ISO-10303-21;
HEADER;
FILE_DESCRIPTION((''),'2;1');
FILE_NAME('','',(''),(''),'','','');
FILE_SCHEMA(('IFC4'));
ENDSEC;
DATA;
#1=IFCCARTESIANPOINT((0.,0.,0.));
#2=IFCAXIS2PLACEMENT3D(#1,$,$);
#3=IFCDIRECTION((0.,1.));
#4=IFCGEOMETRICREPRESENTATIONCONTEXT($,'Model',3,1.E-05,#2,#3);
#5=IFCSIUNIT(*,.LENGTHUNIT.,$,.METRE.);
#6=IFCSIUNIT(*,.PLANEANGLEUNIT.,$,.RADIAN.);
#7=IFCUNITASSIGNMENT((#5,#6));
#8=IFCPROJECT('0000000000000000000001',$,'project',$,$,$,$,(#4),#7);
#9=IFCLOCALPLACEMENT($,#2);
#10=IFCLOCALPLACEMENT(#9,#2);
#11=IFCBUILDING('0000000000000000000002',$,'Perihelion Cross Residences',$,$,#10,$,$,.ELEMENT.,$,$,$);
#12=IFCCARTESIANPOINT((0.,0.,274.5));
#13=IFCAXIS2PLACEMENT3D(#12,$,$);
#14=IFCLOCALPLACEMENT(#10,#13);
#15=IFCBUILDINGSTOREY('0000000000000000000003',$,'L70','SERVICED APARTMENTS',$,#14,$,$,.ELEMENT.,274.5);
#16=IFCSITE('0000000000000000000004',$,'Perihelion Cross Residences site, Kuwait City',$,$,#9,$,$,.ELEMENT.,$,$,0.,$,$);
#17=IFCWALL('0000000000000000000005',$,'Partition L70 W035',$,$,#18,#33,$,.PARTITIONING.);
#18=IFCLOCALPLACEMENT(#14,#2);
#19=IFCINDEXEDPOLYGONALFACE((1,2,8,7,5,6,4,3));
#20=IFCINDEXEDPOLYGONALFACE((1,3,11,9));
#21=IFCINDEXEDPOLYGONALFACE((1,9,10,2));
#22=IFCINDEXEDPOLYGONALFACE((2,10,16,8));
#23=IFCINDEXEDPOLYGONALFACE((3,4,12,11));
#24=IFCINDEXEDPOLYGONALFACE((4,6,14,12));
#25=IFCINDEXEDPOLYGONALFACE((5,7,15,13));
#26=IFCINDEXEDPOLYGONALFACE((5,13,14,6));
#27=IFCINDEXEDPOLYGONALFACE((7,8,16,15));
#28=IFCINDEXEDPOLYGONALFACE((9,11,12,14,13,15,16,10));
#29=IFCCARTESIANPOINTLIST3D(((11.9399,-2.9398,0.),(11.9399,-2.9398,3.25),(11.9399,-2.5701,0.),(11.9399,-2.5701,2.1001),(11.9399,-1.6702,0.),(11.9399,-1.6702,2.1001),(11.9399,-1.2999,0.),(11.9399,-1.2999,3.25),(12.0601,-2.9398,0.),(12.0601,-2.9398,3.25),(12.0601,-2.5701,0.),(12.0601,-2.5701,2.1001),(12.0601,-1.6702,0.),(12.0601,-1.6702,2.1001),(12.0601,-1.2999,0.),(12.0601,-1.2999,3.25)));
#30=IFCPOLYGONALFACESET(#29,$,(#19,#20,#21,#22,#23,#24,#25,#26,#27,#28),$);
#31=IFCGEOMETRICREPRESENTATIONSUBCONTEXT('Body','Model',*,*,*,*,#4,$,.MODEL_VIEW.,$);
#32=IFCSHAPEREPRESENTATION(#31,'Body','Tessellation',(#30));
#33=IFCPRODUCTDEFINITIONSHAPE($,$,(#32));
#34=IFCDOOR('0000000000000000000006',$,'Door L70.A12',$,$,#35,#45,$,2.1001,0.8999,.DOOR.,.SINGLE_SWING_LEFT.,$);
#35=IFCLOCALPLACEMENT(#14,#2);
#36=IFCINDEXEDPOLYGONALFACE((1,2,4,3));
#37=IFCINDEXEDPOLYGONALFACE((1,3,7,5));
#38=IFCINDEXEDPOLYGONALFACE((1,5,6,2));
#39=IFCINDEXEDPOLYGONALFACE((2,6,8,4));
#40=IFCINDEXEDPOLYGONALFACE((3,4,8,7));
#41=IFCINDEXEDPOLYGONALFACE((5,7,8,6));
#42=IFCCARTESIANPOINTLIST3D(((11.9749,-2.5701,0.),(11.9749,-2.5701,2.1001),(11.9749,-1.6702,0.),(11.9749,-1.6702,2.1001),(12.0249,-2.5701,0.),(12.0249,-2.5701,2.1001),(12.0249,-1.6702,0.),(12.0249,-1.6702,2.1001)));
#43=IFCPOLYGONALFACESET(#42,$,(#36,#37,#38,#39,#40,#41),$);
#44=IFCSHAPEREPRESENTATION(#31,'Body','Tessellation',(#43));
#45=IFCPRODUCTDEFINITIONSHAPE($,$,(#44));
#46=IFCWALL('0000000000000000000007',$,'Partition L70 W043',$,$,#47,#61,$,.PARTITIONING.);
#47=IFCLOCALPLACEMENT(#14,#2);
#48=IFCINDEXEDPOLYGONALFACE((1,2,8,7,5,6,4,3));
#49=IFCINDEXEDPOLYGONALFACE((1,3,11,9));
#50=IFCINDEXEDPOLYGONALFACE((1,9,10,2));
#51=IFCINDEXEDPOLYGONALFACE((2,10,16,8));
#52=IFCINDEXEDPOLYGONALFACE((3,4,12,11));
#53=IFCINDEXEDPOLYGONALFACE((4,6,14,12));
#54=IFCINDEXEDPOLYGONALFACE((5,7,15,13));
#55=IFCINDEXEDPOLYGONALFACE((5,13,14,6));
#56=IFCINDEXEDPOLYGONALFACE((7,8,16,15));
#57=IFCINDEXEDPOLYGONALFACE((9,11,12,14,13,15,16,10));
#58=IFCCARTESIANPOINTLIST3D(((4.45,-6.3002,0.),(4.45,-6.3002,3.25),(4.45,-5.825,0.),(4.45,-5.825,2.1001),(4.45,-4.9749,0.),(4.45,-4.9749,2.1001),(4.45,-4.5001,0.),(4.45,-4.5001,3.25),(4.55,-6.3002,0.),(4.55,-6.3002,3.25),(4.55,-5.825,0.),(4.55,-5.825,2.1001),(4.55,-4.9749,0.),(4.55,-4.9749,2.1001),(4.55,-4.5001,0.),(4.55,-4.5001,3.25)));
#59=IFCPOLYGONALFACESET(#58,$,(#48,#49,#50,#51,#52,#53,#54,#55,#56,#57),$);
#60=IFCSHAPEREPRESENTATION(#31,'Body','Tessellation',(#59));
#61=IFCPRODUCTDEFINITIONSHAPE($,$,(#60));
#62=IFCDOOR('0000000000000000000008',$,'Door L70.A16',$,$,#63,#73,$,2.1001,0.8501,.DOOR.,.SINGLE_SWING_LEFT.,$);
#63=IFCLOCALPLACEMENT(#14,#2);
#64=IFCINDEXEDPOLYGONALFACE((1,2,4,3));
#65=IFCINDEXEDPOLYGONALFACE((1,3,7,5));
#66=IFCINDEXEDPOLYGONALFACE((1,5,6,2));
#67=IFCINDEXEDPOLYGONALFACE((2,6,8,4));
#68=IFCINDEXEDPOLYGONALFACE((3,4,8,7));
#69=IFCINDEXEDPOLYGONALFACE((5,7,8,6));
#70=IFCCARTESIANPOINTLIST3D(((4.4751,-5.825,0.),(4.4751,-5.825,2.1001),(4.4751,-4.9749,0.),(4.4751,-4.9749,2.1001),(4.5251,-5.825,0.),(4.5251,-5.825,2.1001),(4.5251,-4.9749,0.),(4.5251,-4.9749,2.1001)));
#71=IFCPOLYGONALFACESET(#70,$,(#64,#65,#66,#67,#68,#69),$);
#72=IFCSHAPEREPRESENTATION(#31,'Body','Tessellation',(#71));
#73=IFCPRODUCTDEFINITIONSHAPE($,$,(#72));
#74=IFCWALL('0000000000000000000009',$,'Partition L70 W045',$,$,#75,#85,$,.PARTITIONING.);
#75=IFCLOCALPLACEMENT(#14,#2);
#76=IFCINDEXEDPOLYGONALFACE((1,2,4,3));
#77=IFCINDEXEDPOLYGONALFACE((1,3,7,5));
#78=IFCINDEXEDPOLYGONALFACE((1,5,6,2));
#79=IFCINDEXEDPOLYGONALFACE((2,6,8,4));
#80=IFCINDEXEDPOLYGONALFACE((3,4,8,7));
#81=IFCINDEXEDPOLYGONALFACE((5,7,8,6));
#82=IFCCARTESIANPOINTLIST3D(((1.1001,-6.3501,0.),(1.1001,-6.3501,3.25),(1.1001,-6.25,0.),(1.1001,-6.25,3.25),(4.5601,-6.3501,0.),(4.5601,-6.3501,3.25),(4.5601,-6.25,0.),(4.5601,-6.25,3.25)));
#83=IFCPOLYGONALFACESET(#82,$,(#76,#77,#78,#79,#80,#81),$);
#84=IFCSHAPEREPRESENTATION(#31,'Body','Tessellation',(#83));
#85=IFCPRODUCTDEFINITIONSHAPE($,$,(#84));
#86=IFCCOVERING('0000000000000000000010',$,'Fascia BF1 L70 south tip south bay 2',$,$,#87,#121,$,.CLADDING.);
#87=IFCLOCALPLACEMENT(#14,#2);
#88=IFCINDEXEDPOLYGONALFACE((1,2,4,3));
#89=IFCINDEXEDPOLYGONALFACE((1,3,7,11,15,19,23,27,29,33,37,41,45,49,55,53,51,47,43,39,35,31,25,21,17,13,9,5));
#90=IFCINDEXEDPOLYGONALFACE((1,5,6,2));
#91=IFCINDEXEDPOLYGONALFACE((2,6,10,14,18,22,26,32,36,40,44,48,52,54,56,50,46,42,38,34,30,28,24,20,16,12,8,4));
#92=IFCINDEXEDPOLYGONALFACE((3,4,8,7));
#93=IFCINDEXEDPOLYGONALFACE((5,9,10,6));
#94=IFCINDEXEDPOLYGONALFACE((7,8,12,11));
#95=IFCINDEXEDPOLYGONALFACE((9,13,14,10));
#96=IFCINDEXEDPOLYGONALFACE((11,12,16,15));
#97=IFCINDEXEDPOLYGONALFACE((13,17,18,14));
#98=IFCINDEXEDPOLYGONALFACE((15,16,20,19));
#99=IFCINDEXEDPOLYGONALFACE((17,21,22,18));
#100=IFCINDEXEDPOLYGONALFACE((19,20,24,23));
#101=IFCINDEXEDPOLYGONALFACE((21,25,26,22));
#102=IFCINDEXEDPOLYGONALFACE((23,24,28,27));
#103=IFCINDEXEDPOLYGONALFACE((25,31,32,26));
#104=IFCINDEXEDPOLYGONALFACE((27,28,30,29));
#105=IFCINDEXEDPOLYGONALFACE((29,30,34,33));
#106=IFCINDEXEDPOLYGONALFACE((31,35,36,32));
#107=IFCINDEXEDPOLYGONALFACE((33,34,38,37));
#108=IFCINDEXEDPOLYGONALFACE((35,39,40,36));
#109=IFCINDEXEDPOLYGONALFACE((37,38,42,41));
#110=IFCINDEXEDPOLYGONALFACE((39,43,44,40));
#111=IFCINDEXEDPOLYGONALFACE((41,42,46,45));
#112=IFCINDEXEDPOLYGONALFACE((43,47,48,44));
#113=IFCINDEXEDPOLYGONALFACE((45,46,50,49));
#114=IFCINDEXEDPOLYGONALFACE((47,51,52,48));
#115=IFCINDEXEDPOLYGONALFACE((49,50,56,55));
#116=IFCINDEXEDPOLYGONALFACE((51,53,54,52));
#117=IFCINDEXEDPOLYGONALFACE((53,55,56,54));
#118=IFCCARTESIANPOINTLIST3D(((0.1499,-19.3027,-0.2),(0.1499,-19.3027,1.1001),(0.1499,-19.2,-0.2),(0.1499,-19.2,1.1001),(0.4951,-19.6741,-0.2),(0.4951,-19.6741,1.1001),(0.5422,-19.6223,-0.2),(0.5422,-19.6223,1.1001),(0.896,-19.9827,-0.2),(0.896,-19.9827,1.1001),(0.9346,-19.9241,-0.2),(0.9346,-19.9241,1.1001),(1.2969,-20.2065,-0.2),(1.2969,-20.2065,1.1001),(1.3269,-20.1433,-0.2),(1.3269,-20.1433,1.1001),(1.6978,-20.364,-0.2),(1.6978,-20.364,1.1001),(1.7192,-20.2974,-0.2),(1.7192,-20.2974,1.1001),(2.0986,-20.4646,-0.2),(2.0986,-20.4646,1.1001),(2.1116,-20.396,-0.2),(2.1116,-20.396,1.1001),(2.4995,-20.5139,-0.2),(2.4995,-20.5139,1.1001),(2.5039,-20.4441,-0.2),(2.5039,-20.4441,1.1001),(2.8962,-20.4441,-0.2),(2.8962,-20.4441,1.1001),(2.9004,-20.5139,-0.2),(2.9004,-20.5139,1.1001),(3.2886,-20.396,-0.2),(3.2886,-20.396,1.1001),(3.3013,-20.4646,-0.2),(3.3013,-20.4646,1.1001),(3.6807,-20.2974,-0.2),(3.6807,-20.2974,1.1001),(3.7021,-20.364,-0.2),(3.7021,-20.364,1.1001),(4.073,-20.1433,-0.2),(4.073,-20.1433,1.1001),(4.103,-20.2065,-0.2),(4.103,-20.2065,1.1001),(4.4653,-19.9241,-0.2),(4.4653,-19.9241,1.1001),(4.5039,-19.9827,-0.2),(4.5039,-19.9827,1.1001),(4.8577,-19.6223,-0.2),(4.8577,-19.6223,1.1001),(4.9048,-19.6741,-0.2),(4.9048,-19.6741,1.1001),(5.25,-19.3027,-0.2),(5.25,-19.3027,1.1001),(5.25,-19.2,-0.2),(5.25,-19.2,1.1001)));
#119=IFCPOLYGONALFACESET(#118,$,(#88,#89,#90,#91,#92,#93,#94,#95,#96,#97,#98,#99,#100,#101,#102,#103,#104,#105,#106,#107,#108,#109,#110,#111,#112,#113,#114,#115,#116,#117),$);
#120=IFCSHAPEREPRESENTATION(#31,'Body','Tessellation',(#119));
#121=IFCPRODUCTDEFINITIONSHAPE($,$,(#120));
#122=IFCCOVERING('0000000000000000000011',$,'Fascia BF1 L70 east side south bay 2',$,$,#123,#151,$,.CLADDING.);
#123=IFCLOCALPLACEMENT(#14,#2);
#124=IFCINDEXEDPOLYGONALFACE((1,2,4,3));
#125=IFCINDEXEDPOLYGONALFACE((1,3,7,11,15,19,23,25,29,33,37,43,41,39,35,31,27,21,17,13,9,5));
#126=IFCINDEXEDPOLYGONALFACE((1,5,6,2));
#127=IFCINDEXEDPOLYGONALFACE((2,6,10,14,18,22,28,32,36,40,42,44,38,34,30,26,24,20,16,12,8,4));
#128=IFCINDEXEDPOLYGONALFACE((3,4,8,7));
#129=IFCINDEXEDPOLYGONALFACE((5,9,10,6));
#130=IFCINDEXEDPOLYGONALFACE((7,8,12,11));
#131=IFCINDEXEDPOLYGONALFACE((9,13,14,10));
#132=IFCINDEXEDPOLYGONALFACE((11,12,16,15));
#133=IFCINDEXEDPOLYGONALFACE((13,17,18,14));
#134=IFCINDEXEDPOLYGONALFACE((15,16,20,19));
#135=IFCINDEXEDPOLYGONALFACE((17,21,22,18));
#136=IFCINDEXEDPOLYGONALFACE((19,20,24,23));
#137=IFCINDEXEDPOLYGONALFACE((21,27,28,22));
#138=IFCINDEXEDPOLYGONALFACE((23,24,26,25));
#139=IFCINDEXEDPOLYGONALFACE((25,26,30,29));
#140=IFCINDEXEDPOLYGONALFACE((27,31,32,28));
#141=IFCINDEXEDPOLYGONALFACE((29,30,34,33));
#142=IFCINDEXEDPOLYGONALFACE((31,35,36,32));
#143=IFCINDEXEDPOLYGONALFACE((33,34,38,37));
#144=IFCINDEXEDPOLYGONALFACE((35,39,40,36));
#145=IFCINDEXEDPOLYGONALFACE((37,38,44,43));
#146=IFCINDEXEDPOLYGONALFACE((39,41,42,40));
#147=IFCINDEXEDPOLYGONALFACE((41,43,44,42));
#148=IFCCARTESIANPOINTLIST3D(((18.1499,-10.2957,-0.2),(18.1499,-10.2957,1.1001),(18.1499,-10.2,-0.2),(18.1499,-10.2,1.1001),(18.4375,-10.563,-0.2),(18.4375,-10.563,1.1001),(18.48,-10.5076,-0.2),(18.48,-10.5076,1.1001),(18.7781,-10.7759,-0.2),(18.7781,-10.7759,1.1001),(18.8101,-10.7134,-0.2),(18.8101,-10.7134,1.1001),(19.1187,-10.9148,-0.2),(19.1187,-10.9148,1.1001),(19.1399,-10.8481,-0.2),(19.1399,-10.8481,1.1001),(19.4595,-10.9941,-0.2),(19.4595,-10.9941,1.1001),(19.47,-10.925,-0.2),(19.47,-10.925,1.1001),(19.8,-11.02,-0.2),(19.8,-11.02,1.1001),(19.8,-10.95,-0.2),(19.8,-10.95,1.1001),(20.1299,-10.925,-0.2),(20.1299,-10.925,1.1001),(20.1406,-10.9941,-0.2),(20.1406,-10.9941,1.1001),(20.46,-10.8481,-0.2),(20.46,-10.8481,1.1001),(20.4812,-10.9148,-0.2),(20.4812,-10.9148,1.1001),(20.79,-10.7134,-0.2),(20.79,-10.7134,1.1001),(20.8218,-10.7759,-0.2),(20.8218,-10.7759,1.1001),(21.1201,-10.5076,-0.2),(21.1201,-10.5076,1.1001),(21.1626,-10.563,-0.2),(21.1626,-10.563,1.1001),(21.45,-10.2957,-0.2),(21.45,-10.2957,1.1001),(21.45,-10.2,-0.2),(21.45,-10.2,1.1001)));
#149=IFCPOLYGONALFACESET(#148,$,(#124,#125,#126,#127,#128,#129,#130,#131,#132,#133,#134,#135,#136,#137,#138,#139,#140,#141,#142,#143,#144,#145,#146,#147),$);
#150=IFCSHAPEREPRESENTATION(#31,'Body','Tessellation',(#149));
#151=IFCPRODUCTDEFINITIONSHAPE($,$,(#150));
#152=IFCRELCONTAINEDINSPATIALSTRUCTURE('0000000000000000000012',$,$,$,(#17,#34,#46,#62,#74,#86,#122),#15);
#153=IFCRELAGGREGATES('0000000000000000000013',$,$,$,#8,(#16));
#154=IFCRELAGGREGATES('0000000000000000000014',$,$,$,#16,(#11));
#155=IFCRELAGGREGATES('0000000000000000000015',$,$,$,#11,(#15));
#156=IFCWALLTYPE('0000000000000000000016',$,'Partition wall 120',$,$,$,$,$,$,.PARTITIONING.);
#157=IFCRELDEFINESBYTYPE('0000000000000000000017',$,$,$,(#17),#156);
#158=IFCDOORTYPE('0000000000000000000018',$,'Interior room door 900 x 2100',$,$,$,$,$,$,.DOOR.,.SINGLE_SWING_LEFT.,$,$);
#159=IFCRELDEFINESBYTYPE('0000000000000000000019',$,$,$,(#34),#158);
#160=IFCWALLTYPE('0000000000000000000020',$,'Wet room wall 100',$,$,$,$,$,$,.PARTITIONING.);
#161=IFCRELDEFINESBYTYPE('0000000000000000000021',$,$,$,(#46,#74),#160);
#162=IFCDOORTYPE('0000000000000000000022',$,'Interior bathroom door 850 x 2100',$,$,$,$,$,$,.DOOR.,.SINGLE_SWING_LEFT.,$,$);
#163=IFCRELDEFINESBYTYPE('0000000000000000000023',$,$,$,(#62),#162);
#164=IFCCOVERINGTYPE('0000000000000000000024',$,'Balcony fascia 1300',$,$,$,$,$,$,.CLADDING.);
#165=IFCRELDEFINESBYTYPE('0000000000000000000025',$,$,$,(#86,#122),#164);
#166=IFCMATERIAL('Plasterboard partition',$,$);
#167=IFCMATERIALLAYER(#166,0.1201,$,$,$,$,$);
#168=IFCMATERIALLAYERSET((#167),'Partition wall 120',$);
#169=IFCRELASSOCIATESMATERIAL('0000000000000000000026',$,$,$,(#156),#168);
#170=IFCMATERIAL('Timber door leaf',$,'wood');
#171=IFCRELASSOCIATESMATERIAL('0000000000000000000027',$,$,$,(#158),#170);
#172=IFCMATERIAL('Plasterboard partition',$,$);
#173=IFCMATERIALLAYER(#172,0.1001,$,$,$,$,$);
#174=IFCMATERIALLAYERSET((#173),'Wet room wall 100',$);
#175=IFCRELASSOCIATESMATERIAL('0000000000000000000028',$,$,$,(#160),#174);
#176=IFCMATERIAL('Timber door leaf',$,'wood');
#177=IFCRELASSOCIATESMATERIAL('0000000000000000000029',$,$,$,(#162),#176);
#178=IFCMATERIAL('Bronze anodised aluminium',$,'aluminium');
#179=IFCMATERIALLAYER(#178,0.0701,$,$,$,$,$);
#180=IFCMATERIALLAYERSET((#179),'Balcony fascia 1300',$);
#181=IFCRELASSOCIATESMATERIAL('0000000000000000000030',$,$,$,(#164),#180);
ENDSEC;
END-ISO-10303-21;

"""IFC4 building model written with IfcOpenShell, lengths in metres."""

from ifc_helpers import new_model, si_unit, direction, frame, frame_2d, origin, place, context, subcontext, project, spatial, polyline, rectangle, outline, extrude, material, layer, layer_set, type_object, element, fill, save


model = new_model("IFC4")

# Units and contexts
model_context = context("Model", 3, precision=1e-05, world=origin(), true_north=direction((0.0, 1.0)))
body_context = subcontext(model_context, "Body", "Model", "MODEL_VIEW")
ifc_project = project(units=[si_unit("LENGTHUNIT", "METRE"), si_unit("PLANEANGLEUNIT", "RADIAN")], contexts=[model_context])

# Site, building, storey
site_placement = place(None, origin())
site = spatial("IfcSite", under=ifc_project, at=site_placement, Name="Perihelion Cross Residences site, Kuwait City", CompositionType="ELEMENT", RefElevation=0.0)
building_placement = place(site_placement, origin())
building = spatial("IfcBuilding", under=site, at=building_placement, Name="Perihelion Cross Residences", CompositionType="ELEMENT")
storey_placement = place(building_placement, frame((0.0, 0.0, 274.5)))
storey = spatial("IfcBuildingStorey", under=building, at=storey_placement, Name="L70", Description="SERVICED APARTMENTS", CompositionType="ELEMENT", Elevation=274.5)

# Shared definitions
ifc_material_1 = material(Name="Plasterboard partition")
ifc_layer_1 = layer(ifc_material_1, 0.1201)
ifc_layer_set_1 = layer_set([ifc_layer_1], Name="Partition wall 120")
wall_type_1 = type_object("IfcWallType", Name="Partition wall 120", PredefinedType="PARTITIONING", material=ifc_layer_set_1)

# Walls, openings, doors
wall_1_placement = place(storey_placement, frame((12.0, -1.3, 0.0), z_axis=(0.0, 0.0, 1.0), x_axis=(0.0, -1.0, 0.0)))
wall_1 = element("IfcWall", 1, at=wall_1_placement, inside=storey, type_object=wall_type_1, Name="Partition L70 W035", PredefinedType="PARTITIONING", context=body_context, shape_type="SweptSolid", body=[
    extrude(rectangle(XDim=1.6399, YDim=0.1201, at=frame_2d((0.8198, 0.0))), origin(), (0.0, 0.0, 1.0), 3.25),
])
opening_1_placement = place(wall_1_placement, frame((0.3701, 0.0, 0.0)))
opening_1 = element("IfcOpeningElement", 2, at=opening_1_placement, cuts=wall_1, PredefinedType="OPENING", context=body_context, shape_type="SweptSolid", body=[
    extrude(rectangle(XDim=0.8999, YDim=2.1001, at=frame_2d((0.45, 1.05))), frame((0.0, 0.0701, 0.0), z_axis=(0.0, -1.0, 0.0), x_axis=(1.0, 0.0, 0.0)), (0.0, 0.0, 1.0), 0.1401),
])
ifc_material_2 = material(Name="Timber door leaf", Category="wood")
door_type_1 = type_object("IfcDoorType", Name="Interior room door 900 x 2100", OperationType="SINGLE_SWING_LEFT", PredefinedType="DOOR", material=ifc_material_2)
door_1_placement = place(opening_1_placement, origin())
door_1 = element("IfcDoor", 3, at=door_1_placement, inside=storey, type_object=door_type_1, Name="Door L70.A12", OperationType="SINGLE_SWING_LEFT", OverallHeight=2.1001, OverallWidth=0.8999, PredefinedType="DOOR", context=body_context, shape_type="SweptSolid", body=[
    extrude(rectangle(XDim=0.8999, YDim=2.1001, at=frame_2d((0.45, 1.05))), frame((0.0, 0.0249, 0.0), z_axis=(0.0, -1.0, 0.0), x_axis=(1.0, 0.0, 0.0)), (0.0, 0.0, 1.0), 0.05),
])
fill(opening_1, door_1)
ifc_material_3 = material(Name="Plasterboard partition")
ifc_layer_2 = layer(ifc_material_3, 0.1001)
ifc_layer_set_2 = layer_set([ifc_layer_2], Name="Wet room wall 100")
wall_type_2 = type_object("IfcWallType", Name="Wet room wall 100", PredefinedType="PARTITIONING", material=ifc_layer_set_2)
wall_2_placement = place(storey_placement, frame((4.5, -6.3, 0.0), z_axis=(0.0, 0.0, 1.0), x_axis=(0.0, 1.0, 0.0)))
wall_2 = element("IfcWall", 4, at=wall_2_placement, inside=storey, type_object=wall_type_2, Name="Partition L70 W043", PredefinedType="PARTITIONING", context=body_context, shape_type="SweptSolid", body=[
    extrude(rectangle(XDim=1.8, YDim=0.1001, at=frame_2d((0.8999, 0.0))), origin(), (0.0, 0.0, 1.0), 3.25),
])
opening_2_placement = place(wall_2_placement, frame((0.4751, 0.0, 0.0)))
opening_2 = element("IfcOpeningElement", 5, at=opening_2_placement, cuts=wall_2, PredefinedType="OPENING", context=body_context, shape_type="SweptSolid", body=[
    extrude(rectangle(XDim=0.8501, YDim=2.1001, at=frame_2d((0.425, 1.05))), frame((0.0, 0.0601, 0.0), z_axis=(0.0, -1.0, 0.0), x_axis=(1.0, 0.0, 0.0)), (0.0, 0.0, 1.0), 0.1201),
])
ifc_material_4 = material(Name="Timber door leaf", Category="wood")
door_type_2 = type_object("IfcDoorType", Name="Interior bathroom door 850 x 2100", OperationType="SINGLE_SWING_LEFT", PredefinedType="DOOR", material=ifc_material_4)
door_2_placement = place(opening_2_placement, origin())
door_2 = element("IfcDoor", 6, at=door_2_placement, inside=storey, type_object=door_type_2, Name="Door L70.A16", OperationType="SINGLE_SWING_LEFT", OverallHeight=2.1001, OverallWidth=0.8501, PredefinedType="DOOR", context=body_context, shape_type="SweptSolid", body=[
    extrude(rectangle(XDim=0.8501, YDim=2.1001, at=frame_2d((0.425, 1.05))), frame((0.0, 0.0249, 0.0), z_axis=(0.0, -1.0, 0.0), x_axis=(1.0, 0.0, 0.0)), (0.0, 0.0, 1.0), 0.05),
])
fill(opening_2, door_2)

# Wall
wall_3_placement = place(storey_placement, frame((4.5601, -6.3, 0.0), z_axis=(0.0, 0.0, 1.0), x_axis=(-1.0, 0.0, 0.0)))
element("IfcWall", 7, at=wall_3_placement, inside=storey, type_object=wall_type_2, Name="Partition L70 W045", PredefinedType="PARTITIONING", context=body_context, shape_type="SweptSolid", body=[
    extrude(rectangle(XDim=3.46, YDim=0.1001, at=frame_2d((1.73, 0.0))), origin(), (0.0, 0.0, 1.0), 3.25),
])

# Coverings
ifc_material_5 = material(Name="Bronze anodised aluminium", Category="aluminium")
ifc_layer_3 = layer(ifc_material_5, 0.0701)
ifc_layer_set_3 = layer_set([ifc_layer_3], Name="Balcony fascia 1300")
covering_type = type_object("IfcCoveringType", Name="Balcony fascia 1300", PredefinedType="CLADDING", material=ifc_layer_set_3)
covering_1_placement = place(storey_placement, frame((0.0, 0.0, -0.2)))
element("IfcCovering", 8, at=covering_1_placement, inside=storey, type_object=covering_type, Name="Fascia BF1 L70 south tip south bay 2", PredefinedType="CLADDING", context=body_context, shape_type="SweptSolid", body=[
    extrude(outline(polyline([(0.4951, -19.6741), (0.896, -19.9827), (1.2969, -20.2065), (1.6978, -20.364), (2.0986, -20.4646), (2.4995, -20.5139), (2.9004, -20.5139), (3.3013, -20.4646), (3.7021, -20.364), (4.103, -20.2065), (4.5039, -19.9827), (4.9048, -19.6741), (5.25, -19.3027), (5.25, -19.2), (4.8577, -19.6223), (4.4653, -19.9241), (4.073, -20.1433), (3.6807, -20.2974), (3.2886, -20.396), (2.8962, -20.4441), (2.5039, -20.4441), (2.1116, -20.396), (1.7192, -20.2974), (1.3269, -20.1433), (0.9346, -19.9241), (0.5422, -19.6223), (0.1499, -19.2), (0.1499, -19.3027), (0.4951, -19.6741)])), origin(), (0.0, 0.0, 1.0), 1.3),
])
covering_2_placement = place(storey_placement, frame((0.0, 0.0, -0.2)))
element("IfcCovering", 9, at=covering_2_placement, inside=storey, type_object=covering_type, Name="Fascia BF1 L70 east side south bay 2", PredefinedType="CLADDING", context=body_context, shape_type="SweptSolid", body=[
    extrude(outline(polyline([(18.4375, -10.563), (18.7781, -10.7759), (19.1187, -10.9148), (19.4595, -10.9941), (19.8, -11.02), (20.1406, -10.9941), (20.4812, -10.9148), (20.8218, -10.7759), (21.1626, -10.563), (21.45, -10.2957), (21.45, -10.2), (21.1201, -10.5076), (20.79, -10.7134), (20.46, -10.8481), (20.1299, -10.925), (19.8, -10.95), (19.47, -10.925), (19.1399, -10.8481), (18.8101, -10.7134), (18.48, -10.5076), (18.1499, -10.2), (18.1499, -10.2957), (18.4375, -10.563)])), origin(), (0.0, 0.0, 1.0), 1.3),
])

save(model, "model.ifc")
